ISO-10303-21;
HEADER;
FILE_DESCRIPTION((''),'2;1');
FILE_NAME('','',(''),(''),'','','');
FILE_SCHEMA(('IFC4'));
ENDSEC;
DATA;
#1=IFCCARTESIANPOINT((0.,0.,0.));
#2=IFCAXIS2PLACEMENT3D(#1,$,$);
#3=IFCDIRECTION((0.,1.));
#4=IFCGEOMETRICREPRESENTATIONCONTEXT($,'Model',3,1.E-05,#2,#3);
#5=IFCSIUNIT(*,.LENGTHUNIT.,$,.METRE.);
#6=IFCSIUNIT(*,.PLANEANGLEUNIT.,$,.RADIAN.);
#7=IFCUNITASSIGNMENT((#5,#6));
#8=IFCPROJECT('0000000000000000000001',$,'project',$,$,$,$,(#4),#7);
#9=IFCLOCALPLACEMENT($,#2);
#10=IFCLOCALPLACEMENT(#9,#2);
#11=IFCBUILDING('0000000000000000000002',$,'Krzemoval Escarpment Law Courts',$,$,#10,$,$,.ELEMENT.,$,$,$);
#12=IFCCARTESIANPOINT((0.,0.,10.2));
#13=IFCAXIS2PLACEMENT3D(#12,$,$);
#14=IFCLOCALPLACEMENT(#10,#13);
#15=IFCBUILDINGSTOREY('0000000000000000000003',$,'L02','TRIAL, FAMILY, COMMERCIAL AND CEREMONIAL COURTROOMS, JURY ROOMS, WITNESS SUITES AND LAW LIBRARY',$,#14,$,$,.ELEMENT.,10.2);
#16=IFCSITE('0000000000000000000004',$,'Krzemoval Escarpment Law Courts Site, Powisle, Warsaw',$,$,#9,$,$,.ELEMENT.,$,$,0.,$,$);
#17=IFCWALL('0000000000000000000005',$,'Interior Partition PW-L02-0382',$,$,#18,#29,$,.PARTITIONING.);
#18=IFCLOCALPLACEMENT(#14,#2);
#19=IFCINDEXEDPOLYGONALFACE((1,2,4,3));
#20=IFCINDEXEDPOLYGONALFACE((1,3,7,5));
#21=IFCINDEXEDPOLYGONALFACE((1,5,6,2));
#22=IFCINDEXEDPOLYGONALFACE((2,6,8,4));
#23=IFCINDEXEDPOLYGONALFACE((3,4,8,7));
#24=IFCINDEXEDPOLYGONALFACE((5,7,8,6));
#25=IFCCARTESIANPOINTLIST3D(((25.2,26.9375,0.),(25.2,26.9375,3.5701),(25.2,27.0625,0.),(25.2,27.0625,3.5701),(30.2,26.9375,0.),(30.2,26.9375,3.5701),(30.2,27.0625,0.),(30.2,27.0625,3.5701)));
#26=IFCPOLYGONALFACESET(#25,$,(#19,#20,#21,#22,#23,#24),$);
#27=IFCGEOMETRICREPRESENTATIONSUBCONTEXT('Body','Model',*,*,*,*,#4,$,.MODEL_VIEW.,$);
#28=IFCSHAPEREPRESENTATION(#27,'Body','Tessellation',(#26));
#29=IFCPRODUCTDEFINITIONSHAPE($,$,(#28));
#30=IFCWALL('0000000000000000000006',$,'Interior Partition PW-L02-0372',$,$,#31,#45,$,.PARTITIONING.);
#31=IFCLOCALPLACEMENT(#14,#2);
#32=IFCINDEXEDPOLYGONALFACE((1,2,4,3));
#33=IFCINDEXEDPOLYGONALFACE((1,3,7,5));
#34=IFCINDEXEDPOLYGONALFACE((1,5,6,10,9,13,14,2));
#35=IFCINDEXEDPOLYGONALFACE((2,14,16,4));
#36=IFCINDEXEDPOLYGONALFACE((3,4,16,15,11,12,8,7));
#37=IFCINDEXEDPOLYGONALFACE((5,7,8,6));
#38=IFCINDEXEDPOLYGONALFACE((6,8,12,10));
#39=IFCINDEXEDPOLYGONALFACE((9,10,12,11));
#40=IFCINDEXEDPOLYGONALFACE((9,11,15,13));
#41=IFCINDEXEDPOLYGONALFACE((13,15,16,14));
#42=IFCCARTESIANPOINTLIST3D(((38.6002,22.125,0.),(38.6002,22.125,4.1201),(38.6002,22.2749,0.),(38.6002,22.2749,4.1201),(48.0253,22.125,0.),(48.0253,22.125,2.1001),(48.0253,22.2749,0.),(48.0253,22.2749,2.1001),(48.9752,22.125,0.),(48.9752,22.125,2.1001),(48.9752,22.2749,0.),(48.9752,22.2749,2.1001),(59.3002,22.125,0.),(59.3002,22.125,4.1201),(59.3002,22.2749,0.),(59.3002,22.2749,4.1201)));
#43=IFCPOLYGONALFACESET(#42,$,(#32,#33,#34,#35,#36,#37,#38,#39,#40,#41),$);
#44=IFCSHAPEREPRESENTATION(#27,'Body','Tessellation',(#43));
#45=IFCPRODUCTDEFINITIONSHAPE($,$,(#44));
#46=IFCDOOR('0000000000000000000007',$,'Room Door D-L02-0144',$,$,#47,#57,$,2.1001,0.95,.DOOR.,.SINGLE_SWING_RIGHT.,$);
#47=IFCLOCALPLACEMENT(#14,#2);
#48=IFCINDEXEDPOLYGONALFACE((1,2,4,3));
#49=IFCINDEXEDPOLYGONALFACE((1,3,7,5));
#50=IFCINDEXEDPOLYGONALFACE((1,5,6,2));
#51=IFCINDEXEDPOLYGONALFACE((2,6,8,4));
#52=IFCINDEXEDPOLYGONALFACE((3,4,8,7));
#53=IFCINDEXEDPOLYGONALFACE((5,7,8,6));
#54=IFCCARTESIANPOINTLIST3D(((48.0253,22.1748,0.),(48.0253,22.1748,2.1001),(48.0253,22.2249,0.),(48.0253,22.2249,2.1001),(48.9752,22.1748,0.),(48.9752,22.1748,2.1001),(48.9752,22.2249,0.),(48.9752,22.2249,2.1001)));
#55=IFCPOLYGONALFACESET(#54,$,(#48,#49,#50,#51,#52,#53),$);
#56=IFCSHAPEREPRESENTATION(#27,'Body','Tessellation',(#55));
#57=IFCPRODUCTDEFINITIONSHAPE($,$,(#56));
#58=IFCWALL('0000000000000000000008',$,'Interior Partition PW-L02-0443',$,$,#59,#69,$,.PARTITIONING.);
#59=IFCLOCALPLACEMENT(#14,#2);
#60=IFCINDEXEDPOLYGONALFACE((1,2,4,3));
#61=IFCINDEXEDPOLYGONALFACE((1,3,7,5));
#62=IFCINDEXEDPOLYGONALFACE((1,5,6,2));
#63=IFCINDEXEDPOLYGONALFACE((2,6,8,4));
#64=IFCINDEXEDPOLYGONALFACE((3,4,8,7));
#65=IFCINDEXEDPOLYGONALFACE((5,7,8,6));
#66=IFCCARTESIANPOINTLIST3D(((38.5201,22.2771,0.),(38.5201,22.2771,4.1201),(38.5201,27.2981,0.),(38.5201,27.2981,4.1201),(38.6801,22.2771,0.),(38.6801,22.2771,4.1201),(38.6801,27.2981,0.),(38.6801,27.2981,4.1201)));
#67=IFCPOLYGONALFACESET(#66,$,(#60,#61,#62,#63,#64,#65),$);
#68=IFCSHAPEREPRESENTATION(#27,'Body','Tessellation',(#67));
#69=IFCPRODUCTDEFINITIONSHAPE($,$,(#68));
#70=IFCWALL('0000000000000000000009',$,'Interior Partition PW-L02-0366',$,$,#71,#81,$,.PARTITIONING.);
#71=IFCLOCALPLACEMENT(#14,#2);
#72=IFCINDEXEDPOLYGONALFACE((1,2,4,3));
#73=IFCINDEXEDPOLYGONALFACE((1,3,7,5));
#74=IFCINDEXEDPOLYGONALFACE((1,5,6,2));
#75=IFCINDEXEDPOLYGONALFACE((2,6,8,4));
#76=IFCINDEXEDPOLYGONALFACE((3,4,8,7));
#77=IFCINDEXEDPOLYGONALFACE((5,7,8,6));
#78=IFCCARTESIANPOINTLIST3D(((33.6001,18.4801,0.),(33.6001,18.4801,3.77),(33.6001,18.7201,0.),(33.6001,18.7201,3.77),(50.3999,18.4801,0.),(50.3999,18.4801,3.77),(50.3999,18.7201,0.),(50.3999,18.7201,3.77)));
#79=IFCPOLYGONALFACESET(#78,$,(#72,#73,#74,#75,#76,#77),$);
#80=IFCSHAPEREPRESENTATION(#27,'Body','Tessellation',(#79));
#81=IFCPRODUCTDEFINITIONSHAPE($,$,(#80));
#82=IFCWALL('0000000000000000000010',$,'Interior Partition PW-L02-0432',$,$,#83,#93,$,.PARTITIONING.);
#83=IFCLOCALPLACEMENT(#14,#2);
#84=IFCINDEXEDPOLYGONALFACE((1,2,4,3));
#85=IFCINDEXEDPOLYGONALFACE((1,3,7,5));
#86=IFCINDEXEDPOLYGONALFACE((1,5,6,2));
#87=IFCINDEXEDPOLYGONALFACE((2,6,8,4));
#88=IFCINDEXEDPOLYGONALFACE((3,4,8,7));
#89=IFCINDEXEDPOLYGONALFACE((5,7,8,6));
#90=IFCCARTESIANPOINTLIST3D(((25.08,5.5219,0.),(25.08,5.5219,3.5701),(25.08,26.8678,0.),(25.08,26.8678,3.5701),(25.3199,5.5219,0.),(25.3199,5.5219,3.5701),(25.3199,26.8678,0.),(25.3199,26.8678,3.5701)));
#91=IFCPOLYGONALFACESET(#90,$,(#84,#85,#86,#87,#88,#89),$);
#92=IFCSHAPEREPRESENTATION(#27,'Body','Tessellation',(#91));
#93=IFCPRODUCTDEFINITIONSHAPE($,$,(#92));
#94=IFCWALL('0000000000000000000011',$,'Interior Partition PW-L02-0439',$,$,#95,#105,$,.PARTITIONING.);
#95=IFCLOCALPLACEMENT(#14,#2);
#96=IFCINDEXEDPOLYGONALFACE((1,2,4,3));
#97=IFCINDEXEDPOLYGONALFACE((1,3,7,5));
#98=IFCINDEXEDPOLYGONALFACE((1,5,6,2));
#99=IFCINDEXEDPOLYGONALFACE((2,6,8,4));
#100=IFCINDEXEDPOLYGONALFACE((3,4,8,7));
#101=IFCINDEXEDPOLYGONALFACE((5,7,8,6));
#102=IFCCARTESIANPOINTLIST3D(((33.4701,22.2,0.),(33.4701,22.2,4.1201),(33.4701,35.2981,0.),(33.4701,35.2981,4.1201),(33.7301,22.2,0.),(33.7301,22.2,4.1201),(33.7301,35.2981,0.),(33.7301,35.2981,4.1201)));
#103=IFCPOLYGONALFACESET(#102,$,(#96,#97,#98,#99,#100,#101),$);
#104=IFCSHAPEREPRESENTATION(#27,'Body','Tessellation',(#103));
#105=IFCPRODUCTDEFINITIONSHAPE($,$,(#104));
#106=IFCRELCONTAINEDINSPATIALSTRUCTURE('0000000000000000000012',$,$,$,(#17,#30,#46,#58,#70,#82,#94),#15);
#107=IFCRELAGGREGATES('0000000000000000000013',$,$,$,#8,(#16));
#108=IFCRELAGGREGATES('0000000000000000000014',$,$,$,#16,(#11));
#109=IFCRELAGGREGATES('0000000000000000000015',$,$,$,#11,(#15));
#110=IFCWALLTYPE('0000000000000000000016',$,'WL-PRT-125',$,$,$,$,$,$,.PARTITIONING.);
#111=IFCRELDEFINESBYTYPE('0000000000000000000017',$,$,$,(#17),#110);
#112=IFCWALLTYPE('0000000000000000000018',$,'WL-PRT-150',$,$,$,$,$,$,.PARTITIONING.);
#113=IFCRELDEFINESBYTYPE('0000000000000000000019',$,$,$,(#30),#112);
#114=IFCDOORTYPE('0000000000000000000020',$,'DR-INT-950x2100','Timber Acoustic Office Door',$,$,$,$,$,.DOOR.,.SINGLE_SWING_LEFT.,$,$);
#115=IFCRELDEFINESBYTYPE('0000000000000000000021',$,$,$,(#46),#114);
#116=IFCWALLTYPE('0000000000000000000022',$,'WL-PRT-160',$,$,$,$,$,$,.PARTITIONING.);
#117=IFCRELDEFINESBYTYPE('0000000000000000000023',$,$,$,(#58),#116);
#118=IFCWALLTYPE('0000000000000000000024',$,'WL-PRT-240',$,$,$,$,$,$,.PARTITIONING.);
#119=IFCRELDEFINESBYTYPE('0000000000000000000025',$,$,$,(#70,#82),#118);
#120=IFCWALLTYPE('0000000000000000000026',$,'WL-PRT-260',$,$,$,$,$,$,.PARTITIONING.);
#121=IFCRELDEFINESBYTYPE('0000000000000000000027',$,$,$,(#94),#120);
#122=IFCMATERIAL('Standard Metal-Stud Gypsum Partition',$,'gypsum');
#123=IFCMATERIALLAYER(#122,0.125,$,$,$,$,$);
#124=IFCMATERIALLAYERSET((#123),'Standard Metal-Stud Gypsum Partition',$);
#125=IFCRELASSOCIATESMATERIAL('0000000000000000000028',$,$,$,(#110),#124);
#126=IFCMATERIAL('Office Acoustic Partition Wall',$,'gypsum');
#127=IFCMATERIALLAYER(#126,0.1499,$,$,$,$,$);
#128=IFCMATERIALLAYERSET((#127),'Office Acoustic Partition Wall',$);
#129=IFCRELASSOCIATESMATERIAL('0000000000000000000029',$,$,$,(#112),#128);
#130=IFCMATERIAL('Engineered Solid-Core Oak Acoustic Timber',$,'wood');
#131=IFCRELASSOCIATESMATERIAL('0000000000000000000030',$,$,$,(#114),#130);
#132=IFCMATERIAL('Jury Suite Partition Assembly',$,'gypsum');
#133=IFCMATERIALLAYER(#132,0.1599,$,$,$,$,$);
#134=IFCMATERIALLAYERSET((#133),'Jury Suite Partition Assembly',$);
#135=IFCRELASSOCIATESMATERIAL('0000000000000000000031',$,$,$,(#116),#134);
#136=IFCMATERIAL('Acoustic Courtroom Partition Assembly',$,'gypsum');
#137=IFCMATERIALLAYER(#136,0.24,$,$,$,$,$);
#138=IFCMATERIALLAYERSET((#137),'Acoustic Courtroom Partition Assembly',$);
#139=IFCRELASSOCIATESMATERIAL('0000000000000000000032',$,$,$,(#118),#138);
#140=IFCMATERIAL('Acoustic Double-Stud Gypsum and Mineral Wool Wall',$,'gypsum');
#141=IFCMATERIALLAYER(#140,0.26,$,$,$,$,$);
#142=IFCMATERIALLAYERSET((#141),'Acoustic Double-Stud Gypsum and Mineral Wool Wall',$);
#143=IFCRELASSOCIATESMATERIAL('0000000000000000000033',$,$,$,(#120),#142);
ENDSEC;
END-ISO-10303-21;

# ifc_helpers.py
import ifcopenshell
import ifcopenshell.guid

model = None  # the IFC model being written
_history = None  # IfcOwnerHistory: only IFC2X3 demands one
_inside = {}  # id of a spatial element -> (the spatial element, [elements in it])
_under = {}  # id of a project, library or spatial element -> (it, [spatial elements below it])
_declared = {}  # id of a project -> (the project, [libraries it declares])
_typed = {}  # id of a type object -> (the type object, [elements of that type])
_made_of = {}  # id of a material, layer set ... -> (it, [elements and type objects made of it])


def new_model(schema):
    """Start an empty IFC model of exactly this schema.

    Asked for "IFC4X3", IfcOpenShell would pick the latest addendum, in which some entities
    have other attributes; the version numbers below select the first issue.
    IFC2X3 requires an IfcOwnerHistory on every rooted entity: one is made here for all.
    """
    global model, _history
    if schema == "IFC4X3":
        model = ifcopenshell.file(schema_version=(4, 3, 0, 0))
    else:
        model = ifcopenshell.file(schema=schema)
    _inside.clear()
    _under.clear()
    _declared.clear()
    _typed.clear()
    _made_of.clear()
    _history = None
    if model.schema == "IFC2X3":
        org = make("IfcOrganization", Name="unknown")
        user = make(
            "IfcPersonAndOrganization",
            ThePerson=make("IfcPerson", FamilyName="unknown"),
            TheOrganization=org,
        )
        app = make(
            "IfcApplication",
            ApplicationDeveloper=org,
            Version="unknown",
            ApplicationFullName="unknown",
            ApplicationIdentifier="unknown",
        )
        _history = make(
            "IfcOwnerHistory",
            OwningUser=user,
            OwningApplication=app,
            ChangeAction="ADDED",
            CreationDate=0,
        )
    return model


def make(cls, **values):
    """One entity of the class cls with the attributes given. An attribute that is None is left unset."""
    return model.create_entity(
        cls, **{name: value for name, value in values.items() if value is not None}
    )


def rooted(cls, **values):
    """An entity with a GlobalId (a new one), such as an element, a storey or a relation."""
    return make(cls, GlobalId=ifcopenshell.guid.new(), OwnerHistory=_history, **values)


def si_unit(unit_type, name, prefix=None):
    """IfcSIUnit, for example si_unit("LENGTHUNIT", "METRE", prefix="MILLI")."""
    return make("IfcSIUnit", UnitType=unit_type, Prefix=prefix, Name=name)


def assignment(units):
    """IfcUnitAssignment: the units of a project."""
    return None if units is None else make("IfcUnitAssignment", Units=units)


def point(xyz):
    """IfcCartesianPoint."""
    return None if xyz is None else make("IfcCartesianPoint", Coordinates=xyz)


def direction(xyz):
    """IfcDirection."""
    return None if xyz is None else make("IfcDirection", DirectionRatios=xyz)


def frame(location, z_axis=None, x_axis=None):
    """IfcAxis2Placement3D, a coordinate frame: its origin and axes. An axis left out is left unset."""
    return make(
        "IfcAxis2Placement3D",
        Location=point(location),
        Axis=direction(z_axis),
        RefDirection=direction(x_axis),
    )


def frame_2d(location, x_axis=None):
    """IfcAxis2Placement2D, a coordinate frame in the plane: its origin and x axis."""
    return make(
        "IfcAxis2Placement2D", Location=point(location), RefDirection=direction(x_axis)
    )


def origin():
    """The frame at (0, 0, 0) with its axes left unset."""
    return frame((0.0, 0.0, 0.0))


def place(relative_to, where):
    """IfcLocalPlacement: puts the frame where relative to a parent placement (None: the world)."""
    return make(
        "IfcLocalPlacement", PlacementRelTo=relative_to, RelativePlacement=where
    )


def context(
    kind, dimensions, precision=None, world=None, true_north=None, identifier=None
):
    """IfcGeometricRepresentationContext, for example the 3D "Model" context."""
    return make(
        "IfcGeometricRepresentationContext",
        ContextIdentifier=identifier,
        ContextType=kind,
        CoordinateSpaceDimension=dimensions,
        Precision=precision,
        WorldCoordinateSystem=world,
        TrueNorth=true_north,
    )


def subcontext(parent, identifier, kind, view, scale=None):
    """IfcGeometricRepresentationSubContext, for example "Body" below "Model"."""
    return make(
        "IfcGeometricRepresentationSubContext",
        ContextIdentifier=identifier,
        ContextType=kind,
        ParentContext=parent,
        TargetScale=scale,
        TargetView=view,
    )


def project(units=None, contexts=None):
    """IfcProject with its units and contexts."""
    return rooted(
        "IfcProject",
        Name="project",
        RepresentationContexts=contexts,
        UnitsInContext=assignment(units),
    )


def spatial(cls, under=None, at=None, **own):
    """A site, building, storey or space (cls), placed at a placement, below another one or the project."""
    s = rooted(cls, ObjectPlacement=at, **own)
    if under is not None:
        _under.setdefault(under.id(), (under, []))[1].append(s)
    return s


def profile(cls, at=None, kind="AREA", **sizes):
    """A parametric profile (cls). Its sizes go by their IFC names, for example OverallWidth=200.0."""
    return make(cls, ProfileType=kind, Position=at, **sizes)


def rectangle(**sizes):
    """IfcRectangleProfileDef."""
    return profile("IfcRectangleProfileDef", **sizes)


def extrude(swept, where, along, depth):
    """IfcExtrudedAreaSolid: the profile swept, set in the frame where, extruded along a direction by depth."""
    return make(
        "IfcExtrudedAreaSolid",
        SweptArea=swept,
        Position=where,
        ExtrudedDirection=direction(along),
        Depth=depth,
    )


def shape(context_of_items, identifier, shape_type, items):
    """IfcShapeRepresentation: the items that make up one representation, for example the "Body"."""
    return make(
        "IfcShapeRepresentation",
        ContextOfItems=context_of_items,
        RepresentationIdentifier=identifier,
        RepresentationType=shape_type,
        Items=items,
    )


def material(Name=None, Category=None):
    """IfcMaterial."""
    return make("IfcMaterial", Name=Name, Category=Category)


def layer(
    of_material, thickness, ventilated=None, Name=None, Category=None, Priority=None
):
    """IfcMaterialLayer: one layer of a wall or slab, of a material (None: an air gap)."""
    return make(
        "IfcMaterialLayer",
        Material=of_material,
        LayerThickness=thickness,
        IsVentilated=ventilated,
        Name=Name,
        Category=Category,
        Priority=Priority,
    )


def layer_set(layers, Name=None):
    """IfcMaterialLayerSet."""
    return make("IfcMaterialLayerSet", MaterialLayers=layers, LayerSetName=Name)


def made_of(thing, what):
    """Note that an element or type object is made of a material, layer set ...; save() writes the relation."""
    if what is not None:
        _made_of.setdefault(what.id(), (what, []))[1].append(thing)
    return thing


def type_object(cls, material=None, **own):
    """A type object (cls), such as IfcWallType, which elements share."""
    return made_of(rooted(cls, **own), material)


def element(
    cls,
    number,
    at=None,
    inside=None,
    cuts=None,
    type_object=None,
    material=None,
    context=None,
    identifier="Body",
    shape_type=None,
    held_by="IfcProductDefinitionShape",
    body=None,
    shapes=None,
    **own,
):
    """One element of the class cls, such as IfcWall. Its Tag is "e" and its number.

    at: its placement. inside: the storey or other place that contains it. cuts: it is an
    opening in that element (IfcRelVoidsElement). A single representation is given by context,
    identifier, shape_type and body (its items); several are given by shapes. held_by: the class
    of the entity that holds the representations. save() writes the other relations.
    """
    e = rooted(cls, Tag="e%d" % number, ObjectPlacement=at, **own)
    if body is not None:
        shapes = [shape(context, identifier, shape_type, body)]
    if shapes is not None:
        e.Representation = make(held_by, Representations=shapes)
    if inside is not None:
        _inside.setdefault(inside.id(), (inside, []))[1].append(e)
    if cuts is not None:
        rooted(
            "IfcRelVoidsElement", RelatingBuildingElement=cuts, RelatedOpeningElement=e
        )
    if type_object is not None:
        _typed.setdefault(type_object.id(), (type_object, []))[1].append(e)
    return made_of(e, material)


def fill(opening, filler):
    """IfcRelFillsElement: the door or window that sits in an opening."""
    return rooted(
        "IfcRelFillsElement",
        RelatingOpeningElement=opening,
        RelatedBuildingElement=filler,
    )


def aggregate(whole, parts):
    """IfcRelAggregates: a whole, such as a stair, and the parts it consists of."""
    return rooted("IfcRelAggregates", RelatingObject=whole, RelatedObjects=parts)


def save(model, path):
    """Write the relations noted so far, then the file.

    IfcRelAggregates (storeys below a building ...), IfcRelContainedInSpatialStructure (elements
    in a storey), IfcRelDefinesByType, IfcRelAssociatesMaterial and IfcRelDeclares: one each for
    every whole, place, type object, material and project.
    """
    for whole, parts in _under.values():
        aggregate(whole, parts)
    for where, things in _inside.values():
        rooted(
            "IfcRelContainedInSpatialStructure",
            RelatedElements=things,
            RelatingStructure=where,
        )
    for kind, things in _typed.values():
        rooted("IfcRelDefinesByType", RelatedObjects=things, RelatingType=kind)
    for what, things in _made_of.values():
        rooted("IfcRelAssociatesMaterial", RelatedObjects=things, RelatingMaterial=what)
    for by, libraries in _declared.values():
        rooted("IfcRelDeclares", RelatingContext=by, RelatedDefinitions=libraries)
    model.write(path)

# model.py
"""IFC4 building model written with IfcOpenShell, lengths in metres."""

from ifc_helpers import new_model, si_unit, direction, frame, frame_2d, origin, place, context, subcontext, project, spatial, rectangle, extrude, material, layer, layer_set, type_object, element, fill, save


model = new_model("IFC4")

# Units and contexts
model_context = context("Model", 3, precision=1e-05, world=origin(), true_north=direction((0.0, 1.0)))
body_context = subcontext(model_context, "Body", "Model", "MODEL_VIEW")
ifc_project = project(units=[si_unit("LENGTHUNIT", "METRE"), si_unit("PLANEANGLEUNIT", "RADIAN")], contexts=[model_context])

# Site, building, storey
site_placement = place(None, origin())
site = spatial("IfcSite", under=ifc_project, at=site_placement, Name="Krzemoval Escarpment Law Courts Site, Powisle, Warsaw", CompositionType="ELEMENT", RefElevation=0.0)
building_placement = place(site_placement, origin())
building = spatial("IfcBuilding", under=site, at=building_placement, Name="Krzemoval Escarpment Law Courts", CompositionType="ELEMENT")
storey_placement = place(building_placement, frame((0.0, 0.0, 10.2)))
storey = spatial("IfcBuildingStorey", under=building, at=storey_placement, Name="L02", Description="TRIAL, FAMILY, COMMERCIAL AND CEREMONIAL COURTROOMS, JURY ROOMS, WITNESS SUITES AND LAW LIBRARY", CompositionType="ELEMENT", Elevation=10.2)

# Wall
ifc_material_1 = material(Name="Standard Metal-Stud Gypsum Partition", Category="gypsum")
ifc_layer_1 = layer(ifc_material_1, 0.125)
ifc_layer_set_1 = layer_set([ifc_layer_1], Name="Standard Metal-Stud Gypsum Partition")
wall_type_1 = type_object("IfcWallType", Name="WL-PRT-125", PredefinedType="PARTITIONING", material=ifc_layer_set_1)
wall_1_placement = place(storey_placement, frame((25.2, 27.0, 0.0), z_axis=(0.0, 0.0, 1.0), x_axis=(1.0, 0.0, 0.0)))
element("IfcWall", 1, at=wall_1_placement, inside=storey, type_object=wall_type_1, Name="Interior Partition PW-L02-0382", PredefinedType="PARTITIONING", context=body_context, shape_type="SweptSolid", body=[
    extrude(rectangle(XDim=5.0, YDim=0.125, at=frame_2d((2.5, 0.0))), origin(), (0.0, 0.0, 1.0), 3.5701),
])

# Wall, opening, door
ifc_material_2 = material(Name="Office Acoustic Partition Wall", Category="gypsum")
ifc_layer_2 = layer(ifc_material_2, 0.1499)
ifc_layer_set_2 = layer_set([ifc_layer_2], Name="Office Acoustic Partition Wall")
wall_type_2 = type_object("IfcWallType", Name="WL-PRT-150", PredefinedType="PARTITIONING", material=ifc_layer_set_2)
wall_2_placement = place(storey_placement, frame((38.6001, 22.2, 0.0), z_axis=(0.0, 0.0, 1.0), x_axis=(1.0, 0.0, 0.0)))
wall_2 = element("IfcWall", 2, at=wall_2_placement, inside=storey, type_object=wall_type_2, Name="Interior Partition PW-L02-0372", PredefinedType="PARTITIONING", context=body_context, shape_type="SweptSolid", body=[
    extrude(rectangle(XDim=20.7, YDim=0.1499, at=frame_2d((10.3501, 0.0))), origin(), (0.0, 0.0, 1.0), 4.1201),
])
opening_placement = place(wall_2_placement, frame((9.425, 0.0, 0.0)))
opening = element("IfcOpeningElement", 3, at=opening_placement, cuts=wall_2, PredefinedType="OPENING", context=body_context, shape_type="SweptSolid", body=[
    extrude(rectangle(XDim=0.95, YDim=2.1001, at=frame_2d((0.4751, 1.05))), frame((0.0, 0.09, 0.0), z_axis=(0.0, -1.0, 0.0), x_axis=(1.0, 0.0, 0.0)), (0.0, 0.0, 1.0), 0.1799),
])
ifc_material_3 = material(Name="Engineered Solid-Core Oak Acoustic Timber", Category="wood")
door_type = type_object("IfcDoorType", Name="DR-INT-950x2100", Description="Timber Acoustic Office Door", OperationType="SINGLE_SWING_LEFT", PredefinedType="DOOR", material=ifc_material_3)
door_placement = place(opening_placement, origin())
door = element("IfcDoor", 4, at=door_placement, inside=storey, type_object=door_type, Name="Room Door D-L02-0144", OperationType="SINGLE_SWING_RIGHT", OverallHeight=2.1001, OverallWidth=0.95, PredefinedType="DOOR", context=body_context, shape_type="SweptSolid", body=[
    extrude(rectangle(XDim=0.95, YDim=2.1001, at=frame_2d((0.4751, 1.05))), frame((0.0, 0.0249, 0.0), z_axis=(0.0, -1.0, 0.0), x_axis=(1.0, 0.0, 0.0)), (0.0, 0.0, 1.0), 0.05),
])
fill(opening, door)

# Walls
ifc_material_4 = material(Name="Jury Suite Partition Assembly", Category="gypsum")
ifc_layer_3 = layer(ifc_material_4, 0.1599)
ifc_layer_set_3 = layer_set([ifc_layer_3], Name="Jury Suite Partition Assembly")
wall_type_3 = type_object("IfcWallType", Name="WL-PRT-160", PredefinedType="PARTITIONING", material=ifc_layer_set_3)
wall_3_placement = place(storey_placement, frame((38.6001, 22.2771, 0.0), z_axis=(0.0, 0.0, 1.0), x_axis=(0.0, 1.0, 0.0)))
element("IfcWall", 5, at=wall_3_placement, inside=storey, type_object=wall_type_3, Name="Interior Partition PW-L02-0443", PredefinedType="PARTITIONING", context=body_context, shape_type="SweptSolid", body=[
    extrude(rectangle(XDim=5.021, YDim=0.1599, at=frame_2d((2.5105, 0.0))), origin(), (0.0, 0.0, 1.0), 4.1201),
])
ifc_material_5 = material(Name="Acoustic Courtroom Partition Assembly", Category="gypsum")
ifc_layer_4 = layer(ifc_material_5, 0.24)
ifc_layer_set_4 = layer_set([ifc_layer_4], Name="Acoustic Courtroom Partition Assembly")
wall_type_4 = type_object("IfcWallType", Name="WL-PRT-240", PredefinedType="PARTITIONING", material=ifc_layer_set_4)
wall_4_placement = place(storey_placement, frame((33.6001, 18.6001, 0.0), z_axis=(0.0, 0.0, 1.0), x_axis=(1.0, 0.0, 0.0)))
element("IfcWall", 6, at=wall_4_placement, inside=storey, type_object=wall_type_4, Name="Interior Partition PW-L02-0366", PredefinedType="PARTITIONING", context=body_context, shape_type="SweptSolid", body=[
    extrude(rectangle(XDim=16.7998, YDim=0.24, at=frame_2d((8.3999, 0.0))), origin(), (0.0, 0.0, 1.0), 3.77),
])
wall_5_placement = place(storey_placement, frame((25.2, 5.522, 0.0), z_axis=(0.0, 0.0, 1.0), x_axis=(0.0, 1.0, 0.0)))
element("IfcWall", 7, at=wall_5_placement, inside=storey, type_object=wall_type_4, Name="Interior Partition PW-L02-0432", PredefinedType="PARTITIONING", context=body_context, shape_type="SweptSolid", body=[
    extrude(rectangle(XDim=21.3459, YDim=0.24, at=frame_2d((10.6729, 0.0))), origin(), (0.0, 0.0, 1.0), 3.5701),
])
ifc_material_6 = material(Name="Acoustic Double-Stud Gypsum and Mineral Wool Wall", Category="gypsum")
ifc_layer_5 = layer(ifc_material_6, 0.26)
ifc_layer_set_5 = layer_set([ifc_layer_5], Name="Acoustic Double-Stud Gypsum and Mineral Wool Wall")
wall_type_5 = type_object("IfcWallType", Name="WL-PRT-260", PredefinedType="PARTITIONING", material=ifc_layer_set_5)
wall_6_placement = place(storey_placement, frame((33.6001, 22.2, 0.0), z_axis=(0.0, 0.0, 1.0), x_axis=(0.0, 1.0, 0.0)))
element("IfcWall", 8, at=wall_6_placement, inside=storey, type_object=wall_type_5, Name="Interior Partition PW-L02-0439", PredefinedType="PARTITIONING", context=body_context, shape_type="SweptSolid", body=[
    extrude(rectangle(XDim=13.0981, YDim=0.26, at=frame_2d((6.5491, 0.0))), origin(), (0.0, 0.0, 1.0), 4.1201),
])

save(model, "model.ifc")
